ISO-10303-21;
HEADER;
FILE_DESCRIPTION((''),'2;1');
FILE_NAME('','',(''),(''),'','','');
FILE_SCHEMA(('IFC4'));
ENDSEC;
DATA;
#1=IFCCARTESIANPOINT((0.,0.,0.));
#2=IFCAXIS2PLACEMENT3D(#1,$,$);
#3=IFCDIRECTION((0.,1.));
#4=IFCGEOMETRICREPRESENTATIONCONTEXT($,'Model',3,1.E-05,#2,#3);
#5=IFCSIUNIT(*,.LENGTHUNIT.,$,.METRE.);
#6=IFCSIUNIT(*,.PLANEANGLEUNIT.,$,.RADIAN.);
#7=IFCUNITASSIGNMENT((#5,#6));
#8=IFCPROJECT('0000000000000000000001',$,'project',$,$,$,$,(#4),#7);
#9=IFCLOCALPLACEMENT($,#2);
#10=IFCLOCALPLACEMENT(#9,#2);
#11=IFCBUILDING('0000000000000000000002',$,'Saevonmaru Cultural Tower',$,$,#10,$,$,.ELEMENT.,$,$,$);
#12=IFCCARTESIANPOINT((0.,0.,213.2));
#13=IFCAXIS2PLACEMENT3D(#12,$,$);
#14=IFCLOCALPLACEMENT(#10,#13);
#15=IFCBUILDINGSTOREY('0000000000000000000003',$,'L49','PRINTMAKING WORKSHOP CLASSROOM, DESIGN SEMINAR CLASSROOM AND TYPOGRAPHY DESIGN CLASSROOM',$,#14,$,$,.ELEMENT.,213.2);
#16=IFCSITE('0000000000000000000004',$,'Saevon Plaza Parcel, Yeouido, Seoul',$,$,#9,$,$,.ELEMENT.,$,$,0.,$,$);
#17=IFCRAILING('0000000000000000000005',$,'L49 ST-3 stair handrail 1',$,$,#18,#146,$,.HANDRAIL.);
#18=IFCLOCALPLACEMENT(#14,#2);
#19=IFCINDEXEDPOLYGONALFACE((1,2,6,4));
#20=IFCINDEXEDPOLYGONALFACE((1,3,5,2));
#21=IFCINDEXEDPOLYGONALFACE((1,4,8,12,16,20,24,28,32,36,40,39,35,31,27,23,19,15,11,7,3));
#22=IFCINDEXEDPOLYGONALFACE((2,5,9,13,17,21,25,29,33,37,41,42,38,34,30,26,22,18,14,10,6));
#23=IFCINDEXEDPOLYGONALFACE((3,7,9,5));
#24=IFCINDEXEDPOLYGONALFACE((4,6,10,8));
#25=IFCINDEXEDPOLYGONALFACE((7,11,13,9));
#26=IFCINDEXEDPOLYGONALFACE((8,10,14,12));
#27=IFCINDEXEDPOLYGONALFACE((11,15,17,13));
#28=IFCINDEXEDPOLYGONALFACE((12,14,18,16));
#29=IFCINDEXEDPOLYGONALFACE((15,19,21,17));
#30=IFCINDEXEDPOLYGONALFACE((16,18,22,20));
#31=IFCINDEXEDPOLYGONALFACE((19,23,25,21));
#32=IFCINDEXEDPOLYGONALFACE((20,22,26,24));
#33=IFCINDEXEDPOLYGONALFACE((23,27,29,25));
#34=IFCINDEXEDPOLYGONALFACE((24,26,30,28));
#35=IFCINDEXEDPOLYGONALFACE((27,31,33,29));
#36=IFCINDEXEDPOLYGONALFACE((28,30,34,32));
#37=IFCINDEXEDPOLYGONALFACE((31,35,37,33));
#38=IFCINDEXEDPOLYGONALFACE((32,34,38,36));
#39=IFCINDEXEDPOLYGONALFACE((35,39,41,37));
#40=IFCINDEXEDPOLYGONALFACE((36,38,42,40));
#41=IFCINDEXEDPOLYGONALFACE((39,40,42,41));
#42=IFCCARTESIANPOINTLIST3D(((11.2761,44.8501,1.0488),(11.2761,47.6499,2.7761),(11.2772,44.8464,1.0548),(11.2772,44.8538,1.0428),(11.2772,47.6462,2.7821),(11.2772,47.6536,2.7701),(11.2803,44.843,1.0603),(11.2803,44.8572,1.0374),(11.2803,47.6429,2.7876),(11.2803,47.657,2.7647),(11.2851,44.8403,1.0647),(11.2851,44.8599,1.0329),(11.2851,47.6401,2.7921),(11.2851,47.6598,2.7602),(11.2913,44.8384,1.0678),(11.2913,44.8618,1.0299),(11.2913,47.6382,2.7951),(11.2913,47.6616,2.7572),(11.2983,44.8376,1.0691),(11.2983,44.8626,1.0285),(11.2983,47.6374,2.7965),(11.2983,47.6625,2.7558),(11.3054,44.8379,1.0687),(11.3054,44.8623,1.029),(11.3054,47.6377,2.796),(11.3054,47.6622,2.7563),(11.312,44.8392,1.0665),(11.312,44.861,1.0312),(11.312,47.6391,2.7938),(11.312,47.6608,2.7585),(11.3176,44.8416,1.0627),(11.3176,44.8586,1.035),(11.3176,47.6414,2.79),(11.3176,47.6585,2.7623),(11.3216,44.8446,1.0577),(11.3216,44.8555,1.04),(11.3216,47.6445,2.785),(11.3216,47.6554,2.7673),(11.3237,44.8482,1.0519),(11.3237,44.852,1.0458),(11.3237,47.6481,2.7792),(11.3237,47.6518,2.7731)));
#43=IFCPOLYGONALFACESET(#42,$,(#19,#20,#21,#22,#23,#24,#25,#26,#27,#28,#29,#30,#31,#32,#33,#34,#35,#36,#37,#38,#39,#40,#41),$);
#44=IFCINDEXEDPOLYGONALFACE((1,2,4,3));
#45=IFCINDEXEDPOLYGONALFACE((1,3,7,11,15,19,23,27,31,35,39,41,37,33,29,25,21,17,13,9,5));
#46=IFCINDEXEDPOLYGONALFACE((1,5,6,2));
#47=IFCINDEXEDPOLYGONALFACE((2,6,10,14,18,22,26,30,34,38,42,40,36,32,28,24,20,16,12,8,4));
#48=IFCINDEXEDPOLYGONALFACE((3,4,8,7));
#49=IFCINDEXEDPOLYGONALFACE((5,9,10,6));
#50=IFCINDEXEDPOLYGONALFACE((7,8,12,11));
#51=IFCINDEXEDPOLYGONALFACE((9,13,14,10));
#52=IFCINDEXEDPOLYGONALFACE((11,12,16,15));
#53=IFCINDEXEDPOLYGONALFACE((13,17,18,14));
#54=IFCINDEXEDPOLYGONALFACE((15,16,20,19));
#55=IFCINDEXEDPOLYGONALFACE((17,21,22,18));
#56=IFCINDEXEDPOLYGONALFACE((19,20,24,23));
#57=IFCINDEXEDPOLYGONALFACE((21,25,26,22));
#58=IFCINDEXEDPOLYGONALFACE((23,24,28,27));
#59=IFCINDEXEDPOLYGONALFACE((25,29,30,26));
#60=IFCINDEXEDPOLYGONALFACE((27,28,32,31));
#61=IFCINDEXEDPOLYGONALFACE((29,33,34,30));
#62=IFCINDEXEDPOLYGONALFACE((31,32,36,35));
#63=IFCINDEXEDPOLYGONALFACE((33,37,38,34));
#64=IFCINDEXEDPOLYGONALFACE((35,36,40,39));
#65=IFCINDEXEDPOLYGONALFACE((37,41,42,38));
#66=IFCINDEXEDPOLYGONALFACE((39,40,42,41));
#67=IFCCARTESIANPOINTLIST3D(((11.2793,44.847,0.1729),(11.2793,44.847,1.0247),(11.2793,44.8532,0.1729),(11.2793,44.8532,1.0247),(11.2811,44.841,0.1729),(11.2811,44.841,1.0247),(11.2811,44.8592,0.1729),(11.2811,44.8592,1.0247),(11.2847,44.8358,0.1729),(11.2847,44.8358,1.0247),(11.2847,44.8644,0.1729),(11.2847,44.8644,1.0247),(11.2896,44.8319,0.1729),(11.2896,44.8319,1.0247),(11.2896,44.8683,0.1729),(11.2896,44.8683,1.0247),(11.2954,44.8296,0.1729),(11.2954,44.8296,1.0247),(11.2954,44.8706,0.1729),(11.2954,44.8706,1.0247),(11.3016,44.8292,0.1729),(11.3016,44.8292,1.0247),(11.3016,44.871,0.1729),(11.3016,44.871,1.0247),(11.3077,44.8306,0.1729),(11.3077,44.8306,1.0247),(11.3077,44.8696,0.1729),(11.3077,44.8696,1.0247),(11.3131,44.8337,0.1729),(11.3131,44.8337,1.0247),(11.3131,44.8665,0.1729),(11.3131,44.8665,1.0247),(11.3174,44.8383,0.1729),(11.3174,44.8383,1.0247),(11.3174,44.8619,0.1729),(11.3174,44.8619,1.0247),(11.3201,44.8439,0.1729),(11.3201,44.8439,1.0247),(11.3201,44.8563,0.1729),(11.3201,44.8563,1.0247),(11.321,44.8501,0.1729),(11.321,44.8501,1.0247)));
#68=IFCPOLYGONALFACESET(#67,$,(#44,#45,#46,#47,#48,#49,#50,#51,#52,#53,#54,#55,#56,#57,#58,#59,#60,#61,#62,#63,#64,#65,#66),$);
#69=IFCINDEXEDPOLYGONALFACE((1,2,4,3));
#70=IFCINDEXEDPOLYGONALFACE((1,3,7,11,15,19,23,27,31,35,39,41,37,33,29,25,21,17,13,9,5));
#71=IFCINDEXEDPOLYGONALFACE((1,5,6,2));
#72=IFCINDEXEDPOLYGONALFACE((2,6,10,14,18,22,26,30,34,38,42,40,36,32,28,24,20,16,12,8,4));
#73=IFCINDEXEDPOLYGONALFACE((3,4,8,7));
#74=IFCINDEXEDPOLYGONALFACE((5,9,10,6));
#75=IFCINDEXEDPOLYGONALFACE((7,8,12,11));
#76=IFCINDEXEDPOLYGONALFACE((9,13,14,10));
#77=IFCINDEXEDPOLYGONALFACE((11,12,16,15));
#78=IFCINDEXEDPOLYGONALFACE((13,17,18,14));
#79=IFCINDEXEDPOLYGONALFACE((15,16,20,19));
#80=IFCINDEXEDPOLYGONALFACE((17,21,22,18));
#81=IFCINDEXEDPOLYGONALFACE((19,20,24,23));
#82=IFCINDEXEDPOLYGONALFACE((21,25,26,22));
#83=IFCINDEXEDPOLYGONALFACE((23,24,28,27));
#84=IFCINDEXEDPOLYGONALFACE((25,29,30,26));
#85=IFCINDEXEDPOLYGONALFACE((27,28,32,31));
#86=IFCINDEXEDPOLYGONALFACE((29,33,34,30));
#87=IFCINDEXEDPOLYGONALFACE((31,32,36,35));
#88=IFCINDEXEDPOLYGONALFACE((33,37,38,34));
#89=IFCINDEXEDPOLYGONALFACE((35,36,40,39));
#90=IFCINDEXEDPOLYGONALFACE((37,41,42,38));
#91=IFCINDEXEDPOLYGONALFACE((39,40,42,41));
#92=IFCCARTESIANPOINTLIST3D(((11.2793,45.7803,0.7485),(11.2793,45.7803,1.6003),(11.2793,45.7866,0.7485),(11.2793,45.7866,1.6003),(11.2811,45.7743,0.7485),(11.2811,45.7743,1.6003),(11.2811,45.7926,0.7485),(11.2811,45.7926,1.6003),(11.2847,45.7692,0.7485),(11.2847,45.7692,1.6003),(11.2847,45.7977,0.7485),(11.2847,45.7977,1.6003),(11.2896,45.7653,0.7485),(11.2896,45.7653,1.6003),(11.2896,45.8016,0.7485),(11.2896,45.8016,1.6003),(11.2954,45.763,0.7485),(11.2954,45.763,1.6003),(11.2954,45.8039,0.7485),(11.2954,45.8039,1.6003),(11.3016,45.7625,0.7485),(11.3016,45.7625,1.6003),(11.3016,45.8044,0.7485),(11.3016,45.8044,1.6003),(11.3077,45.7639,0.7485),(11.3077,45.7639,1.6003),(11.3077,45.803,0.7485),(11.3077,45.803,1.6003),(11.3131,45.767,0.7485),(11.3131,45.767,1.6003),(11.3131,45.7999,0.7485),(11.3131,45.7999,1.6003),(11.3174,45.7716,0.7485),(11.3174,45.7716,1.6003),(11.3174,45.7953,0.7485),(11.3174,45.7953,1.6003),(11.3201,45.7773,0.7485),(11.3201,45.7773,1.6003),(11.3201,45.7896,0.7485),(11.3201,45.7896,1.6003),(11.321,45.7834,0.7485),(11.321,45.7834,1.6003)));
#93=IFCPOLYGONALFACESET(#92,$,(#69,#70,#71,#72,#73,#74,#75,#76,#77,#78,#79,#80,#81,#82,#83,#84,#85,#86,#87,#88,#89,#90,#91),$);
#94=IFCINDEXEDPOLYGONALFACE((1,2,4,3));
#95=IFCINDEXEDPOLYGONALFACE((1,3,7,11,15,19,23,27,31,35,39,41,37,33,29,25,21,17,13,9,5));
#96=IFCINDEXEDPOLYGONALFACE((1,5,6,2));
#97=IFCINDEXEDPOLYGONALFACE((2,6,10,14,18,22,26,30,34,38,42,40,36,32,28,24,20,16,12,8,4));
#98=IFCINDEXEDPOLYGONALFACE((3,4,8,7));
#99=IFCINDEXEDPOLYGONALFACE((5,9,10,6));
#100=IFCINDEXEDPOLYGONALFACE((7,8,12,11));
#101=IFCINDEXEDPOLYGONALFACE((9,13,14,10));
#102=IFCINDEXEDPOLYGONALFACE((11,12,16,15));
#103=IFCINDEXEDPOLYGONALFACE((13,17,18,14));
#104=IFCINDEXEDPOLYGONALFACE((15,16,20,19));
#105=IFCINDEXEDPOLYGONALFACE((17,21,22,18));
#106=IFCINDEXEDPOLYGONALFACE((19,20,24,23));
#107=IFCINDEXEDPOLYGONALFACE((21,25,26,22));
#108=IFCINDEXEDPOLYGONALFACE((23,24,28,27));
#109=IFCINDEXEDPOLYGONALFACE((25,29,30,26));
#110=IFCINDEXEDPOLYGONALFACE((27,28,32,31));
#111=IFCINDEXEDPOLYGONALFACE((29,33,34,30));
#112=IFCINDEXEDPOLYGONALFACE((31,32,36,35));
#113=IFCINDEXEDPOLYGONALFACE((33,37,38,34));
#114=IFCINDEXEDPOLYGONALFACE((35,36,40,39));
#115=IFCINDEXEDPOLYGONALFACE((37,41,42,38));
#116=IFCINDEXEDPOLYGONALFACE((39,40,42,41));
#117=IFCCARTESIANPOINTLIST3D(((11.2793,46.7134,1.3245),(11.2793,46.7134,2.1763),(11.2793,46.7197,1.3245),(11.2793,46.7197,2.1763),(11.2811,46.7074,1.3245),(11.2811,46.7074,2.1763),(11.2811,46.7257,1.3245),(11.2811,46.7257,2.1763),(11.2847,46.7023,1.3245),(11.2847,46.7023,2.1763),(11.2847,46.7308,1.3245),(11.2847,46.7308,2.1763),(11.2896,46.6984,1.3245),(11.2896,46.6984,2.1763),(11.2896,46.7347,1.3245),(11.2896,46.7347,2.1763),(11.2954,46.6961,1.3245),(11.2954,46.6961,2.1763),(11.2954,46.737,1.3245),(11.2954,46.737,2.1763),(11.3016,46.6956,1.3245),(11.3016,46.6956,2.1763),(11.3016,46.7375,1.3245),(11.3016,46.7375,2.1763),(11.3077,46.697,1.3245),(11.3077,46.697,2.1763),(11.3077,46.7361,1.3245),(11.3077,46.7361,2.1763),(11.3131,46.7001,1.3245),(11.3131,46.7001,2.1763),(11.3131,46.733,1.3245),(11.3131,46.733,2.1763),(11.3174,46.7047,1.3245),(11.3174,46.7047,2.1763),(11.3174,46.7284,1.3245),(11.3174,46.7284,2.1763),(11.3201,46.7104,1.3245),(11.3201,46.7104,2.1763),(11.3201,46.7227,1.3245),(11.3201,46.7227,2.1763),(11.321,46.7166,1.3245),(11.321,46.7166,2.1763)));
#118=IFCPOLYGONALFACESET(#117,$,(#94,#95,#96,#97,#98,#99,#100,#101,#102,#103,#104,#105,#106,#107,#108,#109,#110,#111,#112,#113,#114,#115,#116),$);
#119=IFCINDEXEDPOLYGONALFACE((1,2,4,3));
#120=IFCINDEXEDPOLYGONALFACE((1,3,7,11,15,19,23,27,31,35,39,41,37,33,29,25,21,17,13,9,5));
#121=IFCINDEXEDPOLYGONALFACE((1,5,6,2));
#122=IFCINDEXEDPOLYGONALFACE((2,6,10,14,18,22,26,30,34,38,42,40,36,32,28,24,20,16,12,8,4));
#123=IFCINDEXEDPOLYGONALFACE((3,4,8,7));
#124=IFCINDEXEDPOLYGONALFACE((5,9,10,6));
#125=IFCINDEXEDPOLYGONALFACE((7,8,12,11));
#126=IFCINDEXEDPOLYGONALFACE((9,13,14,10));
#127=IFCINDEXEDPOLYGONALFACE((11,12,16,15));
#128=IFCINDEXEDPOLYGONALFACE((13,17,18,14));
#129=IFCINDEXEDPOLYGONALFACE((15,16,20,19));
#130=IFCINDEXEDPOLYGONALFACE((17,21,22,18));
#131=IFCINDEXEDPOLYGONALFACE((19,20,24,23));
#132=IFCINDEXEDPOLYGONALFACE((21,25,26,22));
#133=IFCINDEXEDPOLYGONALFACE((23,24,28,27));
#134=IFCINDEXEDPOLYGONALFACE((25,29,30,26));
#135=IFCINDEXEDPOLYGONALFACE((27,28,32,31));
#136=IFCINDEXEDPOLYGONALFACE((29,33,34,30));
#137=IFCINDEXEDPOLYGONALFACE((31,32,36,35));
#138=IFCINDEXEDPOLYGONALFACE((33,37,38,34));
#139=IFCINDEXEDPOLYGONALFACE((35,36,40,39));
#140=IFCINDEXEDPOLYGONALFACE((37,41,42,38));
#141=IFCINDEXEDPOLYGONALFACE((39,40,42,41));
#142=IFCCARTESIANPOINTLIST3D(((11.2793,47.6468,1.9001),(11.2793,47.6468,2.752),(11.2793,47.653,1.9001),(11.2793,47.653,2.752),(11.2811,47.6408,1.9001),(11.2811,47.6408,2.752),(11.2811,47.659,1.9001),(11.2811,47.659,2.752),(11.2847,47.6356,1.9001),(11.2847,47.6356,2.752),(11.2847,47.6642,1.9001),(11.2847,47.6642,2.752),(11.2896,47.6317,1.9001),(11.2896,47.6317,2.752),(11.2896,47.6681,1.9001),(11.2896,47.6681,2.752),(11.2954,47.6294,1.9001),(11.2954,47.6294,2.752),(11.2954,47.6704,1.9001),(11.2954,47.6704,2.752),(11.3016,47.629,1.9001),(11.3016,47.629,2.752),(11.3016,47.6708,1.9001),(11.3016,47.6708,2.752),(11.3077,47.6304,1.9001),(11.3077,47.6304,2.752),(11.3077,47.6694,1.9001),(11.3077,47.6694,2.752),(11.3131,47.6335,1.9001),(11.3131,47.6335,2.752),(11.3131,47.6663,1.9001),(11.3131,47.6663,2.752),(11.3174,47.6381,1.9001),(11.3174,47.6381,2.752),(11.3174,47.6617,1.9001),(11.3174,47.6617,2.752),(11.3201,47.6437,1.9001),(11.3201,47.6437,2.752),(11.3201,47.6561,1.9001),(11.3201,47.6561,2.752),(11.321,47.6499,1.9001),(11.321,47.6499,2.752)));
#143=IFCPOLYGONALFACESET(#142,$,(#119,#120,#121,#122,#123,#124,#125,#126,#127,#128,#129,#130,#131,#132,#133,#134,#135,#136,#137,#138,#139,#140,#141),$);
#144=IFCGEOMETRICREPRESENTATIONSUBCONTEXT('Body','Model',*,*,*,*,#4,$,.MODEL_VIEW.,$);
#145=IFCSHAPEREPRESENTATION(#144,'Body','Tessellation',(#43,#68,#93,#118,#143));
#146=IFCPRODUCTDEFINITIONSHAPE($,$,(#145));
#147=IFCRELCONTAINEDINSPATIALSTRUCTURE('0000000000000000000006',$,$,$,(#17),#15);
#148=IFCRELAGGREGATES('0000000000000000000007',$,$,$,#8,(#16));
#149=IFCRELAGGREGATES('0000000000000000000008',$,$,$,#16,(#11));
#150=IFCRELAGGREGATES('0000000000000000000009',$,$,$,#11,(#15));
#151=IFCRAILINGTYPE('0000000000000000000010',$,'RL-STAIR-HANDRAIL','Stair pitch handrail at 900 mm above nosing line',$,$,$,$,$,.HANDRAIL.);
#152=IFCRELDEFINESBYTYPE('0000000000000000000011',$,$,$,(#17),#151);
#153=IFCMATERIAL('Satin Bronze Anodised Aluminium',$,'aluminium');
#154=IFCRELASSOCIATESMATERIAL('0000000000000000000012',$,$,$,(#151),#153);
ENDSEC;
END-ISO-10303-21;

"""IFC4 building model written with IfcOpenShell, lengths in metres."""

from ifc_helpers import new_model, si_unit, direction, frame, origin, origin_2d, place, context, subcontext, project, spatial, circle, extrude, material, type_object, element, save


model = new_model("IFC4")

# Units and contexts
model_context = context("Model", 3, precision=1e-05, world=origin(), true_north=direction((0.0, 1.0)))
body_context = subcontext(model_context, "Body", "Model", "MODEL_VIEW")
ifc_project = project(units=[si_unit("LENGTHUNIT", "METRE"), si_unit("PLANEANGLEUNIT", "RADIAN")], contexts=[model_context])

# Site, building, storey
site_placement = place(None, origin())
site = spatial("IfcSite", under=ifc_project, at=site_placement, Name="Saevon Plaza Parcel, Yeouido, Seoul", CompositionType="ELEMENT", RefElevation=0.0)
building_placement = place(site_placement, origin())
building = spatial("IfcBuilding", under=site, at=building_placement, Name="Saevonmaru Cultural Tower", CompositionType="ELEMENT")
storey_placement = place(building_placement, frame((0.0, 0.0, 213.2)))
storey = spatial("IfcBuildingStorey", under=building, at=storey_placement, Name="L49", Description="PRINTMAKING WORKSHOP CLASSROOM, DESIGN SEMINAR CLASSROOM AND TYPOGRAPHY DESIGN CLASSROOM", CompositionType="ELEMENT", Elevation=213.2)

# Shared definitions
ifc_material_1 = material(Name="Satin Bronze Anodised Aluminium", Category="aluminium")

# Railing
railing_type_1 = type_object("IfcRailingType", Name="RL-STAIR-HANDRAIL", Description="Stair pitch handrail at 900 mm above nosing line", PredefinedType="HANDRAIL", material=ifc_material_1)
railing_1_placement = place(storey_placement, frame((11.3, 44.8501, 0.1729)))
element("IfcRailing", 1, at=railing_1_placement, inside=storey, type_object=railing_type_1, Name="L49 ST-3 stair handrail 1", PredefinedType="HANDRAIL", context=body_context, shape_type="SweptSolid", body=[
    extrude(circle(Radius=0.0239, at=origin_2d()), frame((0.0, 0.0, 0.876), z_axis=(0.0, 0.851069, 0.525054), x_axis=(-1.0, 0.0, 0.0)), (0.0, 0.0, 1.0), 3.2898),
    extrude(circle(Radius=0.021, at=origin_2d()), origin(), (0.0, 0.0, 1.0), 0.8518),
    extrude(circle(Radius=0.021, at=origin_2d()), frame((0.0, 0.9333, 0.5757)), (0.0, 0.0, 1.0), 0.8518),
    extrude(circle(Radius=0.021, at=origin_2d()), frame((0.0, 1.8665, 1.1516)), (0.0, 0.0, 1.0), 0.8518),
    extrude(circle(Radius=0.021, at=origin_2d()), frame((0.0, 2.7998, 1.7273)), (0.0, 0.0, 1.0), 0.8518),
])

save(model, "model.ifc")
